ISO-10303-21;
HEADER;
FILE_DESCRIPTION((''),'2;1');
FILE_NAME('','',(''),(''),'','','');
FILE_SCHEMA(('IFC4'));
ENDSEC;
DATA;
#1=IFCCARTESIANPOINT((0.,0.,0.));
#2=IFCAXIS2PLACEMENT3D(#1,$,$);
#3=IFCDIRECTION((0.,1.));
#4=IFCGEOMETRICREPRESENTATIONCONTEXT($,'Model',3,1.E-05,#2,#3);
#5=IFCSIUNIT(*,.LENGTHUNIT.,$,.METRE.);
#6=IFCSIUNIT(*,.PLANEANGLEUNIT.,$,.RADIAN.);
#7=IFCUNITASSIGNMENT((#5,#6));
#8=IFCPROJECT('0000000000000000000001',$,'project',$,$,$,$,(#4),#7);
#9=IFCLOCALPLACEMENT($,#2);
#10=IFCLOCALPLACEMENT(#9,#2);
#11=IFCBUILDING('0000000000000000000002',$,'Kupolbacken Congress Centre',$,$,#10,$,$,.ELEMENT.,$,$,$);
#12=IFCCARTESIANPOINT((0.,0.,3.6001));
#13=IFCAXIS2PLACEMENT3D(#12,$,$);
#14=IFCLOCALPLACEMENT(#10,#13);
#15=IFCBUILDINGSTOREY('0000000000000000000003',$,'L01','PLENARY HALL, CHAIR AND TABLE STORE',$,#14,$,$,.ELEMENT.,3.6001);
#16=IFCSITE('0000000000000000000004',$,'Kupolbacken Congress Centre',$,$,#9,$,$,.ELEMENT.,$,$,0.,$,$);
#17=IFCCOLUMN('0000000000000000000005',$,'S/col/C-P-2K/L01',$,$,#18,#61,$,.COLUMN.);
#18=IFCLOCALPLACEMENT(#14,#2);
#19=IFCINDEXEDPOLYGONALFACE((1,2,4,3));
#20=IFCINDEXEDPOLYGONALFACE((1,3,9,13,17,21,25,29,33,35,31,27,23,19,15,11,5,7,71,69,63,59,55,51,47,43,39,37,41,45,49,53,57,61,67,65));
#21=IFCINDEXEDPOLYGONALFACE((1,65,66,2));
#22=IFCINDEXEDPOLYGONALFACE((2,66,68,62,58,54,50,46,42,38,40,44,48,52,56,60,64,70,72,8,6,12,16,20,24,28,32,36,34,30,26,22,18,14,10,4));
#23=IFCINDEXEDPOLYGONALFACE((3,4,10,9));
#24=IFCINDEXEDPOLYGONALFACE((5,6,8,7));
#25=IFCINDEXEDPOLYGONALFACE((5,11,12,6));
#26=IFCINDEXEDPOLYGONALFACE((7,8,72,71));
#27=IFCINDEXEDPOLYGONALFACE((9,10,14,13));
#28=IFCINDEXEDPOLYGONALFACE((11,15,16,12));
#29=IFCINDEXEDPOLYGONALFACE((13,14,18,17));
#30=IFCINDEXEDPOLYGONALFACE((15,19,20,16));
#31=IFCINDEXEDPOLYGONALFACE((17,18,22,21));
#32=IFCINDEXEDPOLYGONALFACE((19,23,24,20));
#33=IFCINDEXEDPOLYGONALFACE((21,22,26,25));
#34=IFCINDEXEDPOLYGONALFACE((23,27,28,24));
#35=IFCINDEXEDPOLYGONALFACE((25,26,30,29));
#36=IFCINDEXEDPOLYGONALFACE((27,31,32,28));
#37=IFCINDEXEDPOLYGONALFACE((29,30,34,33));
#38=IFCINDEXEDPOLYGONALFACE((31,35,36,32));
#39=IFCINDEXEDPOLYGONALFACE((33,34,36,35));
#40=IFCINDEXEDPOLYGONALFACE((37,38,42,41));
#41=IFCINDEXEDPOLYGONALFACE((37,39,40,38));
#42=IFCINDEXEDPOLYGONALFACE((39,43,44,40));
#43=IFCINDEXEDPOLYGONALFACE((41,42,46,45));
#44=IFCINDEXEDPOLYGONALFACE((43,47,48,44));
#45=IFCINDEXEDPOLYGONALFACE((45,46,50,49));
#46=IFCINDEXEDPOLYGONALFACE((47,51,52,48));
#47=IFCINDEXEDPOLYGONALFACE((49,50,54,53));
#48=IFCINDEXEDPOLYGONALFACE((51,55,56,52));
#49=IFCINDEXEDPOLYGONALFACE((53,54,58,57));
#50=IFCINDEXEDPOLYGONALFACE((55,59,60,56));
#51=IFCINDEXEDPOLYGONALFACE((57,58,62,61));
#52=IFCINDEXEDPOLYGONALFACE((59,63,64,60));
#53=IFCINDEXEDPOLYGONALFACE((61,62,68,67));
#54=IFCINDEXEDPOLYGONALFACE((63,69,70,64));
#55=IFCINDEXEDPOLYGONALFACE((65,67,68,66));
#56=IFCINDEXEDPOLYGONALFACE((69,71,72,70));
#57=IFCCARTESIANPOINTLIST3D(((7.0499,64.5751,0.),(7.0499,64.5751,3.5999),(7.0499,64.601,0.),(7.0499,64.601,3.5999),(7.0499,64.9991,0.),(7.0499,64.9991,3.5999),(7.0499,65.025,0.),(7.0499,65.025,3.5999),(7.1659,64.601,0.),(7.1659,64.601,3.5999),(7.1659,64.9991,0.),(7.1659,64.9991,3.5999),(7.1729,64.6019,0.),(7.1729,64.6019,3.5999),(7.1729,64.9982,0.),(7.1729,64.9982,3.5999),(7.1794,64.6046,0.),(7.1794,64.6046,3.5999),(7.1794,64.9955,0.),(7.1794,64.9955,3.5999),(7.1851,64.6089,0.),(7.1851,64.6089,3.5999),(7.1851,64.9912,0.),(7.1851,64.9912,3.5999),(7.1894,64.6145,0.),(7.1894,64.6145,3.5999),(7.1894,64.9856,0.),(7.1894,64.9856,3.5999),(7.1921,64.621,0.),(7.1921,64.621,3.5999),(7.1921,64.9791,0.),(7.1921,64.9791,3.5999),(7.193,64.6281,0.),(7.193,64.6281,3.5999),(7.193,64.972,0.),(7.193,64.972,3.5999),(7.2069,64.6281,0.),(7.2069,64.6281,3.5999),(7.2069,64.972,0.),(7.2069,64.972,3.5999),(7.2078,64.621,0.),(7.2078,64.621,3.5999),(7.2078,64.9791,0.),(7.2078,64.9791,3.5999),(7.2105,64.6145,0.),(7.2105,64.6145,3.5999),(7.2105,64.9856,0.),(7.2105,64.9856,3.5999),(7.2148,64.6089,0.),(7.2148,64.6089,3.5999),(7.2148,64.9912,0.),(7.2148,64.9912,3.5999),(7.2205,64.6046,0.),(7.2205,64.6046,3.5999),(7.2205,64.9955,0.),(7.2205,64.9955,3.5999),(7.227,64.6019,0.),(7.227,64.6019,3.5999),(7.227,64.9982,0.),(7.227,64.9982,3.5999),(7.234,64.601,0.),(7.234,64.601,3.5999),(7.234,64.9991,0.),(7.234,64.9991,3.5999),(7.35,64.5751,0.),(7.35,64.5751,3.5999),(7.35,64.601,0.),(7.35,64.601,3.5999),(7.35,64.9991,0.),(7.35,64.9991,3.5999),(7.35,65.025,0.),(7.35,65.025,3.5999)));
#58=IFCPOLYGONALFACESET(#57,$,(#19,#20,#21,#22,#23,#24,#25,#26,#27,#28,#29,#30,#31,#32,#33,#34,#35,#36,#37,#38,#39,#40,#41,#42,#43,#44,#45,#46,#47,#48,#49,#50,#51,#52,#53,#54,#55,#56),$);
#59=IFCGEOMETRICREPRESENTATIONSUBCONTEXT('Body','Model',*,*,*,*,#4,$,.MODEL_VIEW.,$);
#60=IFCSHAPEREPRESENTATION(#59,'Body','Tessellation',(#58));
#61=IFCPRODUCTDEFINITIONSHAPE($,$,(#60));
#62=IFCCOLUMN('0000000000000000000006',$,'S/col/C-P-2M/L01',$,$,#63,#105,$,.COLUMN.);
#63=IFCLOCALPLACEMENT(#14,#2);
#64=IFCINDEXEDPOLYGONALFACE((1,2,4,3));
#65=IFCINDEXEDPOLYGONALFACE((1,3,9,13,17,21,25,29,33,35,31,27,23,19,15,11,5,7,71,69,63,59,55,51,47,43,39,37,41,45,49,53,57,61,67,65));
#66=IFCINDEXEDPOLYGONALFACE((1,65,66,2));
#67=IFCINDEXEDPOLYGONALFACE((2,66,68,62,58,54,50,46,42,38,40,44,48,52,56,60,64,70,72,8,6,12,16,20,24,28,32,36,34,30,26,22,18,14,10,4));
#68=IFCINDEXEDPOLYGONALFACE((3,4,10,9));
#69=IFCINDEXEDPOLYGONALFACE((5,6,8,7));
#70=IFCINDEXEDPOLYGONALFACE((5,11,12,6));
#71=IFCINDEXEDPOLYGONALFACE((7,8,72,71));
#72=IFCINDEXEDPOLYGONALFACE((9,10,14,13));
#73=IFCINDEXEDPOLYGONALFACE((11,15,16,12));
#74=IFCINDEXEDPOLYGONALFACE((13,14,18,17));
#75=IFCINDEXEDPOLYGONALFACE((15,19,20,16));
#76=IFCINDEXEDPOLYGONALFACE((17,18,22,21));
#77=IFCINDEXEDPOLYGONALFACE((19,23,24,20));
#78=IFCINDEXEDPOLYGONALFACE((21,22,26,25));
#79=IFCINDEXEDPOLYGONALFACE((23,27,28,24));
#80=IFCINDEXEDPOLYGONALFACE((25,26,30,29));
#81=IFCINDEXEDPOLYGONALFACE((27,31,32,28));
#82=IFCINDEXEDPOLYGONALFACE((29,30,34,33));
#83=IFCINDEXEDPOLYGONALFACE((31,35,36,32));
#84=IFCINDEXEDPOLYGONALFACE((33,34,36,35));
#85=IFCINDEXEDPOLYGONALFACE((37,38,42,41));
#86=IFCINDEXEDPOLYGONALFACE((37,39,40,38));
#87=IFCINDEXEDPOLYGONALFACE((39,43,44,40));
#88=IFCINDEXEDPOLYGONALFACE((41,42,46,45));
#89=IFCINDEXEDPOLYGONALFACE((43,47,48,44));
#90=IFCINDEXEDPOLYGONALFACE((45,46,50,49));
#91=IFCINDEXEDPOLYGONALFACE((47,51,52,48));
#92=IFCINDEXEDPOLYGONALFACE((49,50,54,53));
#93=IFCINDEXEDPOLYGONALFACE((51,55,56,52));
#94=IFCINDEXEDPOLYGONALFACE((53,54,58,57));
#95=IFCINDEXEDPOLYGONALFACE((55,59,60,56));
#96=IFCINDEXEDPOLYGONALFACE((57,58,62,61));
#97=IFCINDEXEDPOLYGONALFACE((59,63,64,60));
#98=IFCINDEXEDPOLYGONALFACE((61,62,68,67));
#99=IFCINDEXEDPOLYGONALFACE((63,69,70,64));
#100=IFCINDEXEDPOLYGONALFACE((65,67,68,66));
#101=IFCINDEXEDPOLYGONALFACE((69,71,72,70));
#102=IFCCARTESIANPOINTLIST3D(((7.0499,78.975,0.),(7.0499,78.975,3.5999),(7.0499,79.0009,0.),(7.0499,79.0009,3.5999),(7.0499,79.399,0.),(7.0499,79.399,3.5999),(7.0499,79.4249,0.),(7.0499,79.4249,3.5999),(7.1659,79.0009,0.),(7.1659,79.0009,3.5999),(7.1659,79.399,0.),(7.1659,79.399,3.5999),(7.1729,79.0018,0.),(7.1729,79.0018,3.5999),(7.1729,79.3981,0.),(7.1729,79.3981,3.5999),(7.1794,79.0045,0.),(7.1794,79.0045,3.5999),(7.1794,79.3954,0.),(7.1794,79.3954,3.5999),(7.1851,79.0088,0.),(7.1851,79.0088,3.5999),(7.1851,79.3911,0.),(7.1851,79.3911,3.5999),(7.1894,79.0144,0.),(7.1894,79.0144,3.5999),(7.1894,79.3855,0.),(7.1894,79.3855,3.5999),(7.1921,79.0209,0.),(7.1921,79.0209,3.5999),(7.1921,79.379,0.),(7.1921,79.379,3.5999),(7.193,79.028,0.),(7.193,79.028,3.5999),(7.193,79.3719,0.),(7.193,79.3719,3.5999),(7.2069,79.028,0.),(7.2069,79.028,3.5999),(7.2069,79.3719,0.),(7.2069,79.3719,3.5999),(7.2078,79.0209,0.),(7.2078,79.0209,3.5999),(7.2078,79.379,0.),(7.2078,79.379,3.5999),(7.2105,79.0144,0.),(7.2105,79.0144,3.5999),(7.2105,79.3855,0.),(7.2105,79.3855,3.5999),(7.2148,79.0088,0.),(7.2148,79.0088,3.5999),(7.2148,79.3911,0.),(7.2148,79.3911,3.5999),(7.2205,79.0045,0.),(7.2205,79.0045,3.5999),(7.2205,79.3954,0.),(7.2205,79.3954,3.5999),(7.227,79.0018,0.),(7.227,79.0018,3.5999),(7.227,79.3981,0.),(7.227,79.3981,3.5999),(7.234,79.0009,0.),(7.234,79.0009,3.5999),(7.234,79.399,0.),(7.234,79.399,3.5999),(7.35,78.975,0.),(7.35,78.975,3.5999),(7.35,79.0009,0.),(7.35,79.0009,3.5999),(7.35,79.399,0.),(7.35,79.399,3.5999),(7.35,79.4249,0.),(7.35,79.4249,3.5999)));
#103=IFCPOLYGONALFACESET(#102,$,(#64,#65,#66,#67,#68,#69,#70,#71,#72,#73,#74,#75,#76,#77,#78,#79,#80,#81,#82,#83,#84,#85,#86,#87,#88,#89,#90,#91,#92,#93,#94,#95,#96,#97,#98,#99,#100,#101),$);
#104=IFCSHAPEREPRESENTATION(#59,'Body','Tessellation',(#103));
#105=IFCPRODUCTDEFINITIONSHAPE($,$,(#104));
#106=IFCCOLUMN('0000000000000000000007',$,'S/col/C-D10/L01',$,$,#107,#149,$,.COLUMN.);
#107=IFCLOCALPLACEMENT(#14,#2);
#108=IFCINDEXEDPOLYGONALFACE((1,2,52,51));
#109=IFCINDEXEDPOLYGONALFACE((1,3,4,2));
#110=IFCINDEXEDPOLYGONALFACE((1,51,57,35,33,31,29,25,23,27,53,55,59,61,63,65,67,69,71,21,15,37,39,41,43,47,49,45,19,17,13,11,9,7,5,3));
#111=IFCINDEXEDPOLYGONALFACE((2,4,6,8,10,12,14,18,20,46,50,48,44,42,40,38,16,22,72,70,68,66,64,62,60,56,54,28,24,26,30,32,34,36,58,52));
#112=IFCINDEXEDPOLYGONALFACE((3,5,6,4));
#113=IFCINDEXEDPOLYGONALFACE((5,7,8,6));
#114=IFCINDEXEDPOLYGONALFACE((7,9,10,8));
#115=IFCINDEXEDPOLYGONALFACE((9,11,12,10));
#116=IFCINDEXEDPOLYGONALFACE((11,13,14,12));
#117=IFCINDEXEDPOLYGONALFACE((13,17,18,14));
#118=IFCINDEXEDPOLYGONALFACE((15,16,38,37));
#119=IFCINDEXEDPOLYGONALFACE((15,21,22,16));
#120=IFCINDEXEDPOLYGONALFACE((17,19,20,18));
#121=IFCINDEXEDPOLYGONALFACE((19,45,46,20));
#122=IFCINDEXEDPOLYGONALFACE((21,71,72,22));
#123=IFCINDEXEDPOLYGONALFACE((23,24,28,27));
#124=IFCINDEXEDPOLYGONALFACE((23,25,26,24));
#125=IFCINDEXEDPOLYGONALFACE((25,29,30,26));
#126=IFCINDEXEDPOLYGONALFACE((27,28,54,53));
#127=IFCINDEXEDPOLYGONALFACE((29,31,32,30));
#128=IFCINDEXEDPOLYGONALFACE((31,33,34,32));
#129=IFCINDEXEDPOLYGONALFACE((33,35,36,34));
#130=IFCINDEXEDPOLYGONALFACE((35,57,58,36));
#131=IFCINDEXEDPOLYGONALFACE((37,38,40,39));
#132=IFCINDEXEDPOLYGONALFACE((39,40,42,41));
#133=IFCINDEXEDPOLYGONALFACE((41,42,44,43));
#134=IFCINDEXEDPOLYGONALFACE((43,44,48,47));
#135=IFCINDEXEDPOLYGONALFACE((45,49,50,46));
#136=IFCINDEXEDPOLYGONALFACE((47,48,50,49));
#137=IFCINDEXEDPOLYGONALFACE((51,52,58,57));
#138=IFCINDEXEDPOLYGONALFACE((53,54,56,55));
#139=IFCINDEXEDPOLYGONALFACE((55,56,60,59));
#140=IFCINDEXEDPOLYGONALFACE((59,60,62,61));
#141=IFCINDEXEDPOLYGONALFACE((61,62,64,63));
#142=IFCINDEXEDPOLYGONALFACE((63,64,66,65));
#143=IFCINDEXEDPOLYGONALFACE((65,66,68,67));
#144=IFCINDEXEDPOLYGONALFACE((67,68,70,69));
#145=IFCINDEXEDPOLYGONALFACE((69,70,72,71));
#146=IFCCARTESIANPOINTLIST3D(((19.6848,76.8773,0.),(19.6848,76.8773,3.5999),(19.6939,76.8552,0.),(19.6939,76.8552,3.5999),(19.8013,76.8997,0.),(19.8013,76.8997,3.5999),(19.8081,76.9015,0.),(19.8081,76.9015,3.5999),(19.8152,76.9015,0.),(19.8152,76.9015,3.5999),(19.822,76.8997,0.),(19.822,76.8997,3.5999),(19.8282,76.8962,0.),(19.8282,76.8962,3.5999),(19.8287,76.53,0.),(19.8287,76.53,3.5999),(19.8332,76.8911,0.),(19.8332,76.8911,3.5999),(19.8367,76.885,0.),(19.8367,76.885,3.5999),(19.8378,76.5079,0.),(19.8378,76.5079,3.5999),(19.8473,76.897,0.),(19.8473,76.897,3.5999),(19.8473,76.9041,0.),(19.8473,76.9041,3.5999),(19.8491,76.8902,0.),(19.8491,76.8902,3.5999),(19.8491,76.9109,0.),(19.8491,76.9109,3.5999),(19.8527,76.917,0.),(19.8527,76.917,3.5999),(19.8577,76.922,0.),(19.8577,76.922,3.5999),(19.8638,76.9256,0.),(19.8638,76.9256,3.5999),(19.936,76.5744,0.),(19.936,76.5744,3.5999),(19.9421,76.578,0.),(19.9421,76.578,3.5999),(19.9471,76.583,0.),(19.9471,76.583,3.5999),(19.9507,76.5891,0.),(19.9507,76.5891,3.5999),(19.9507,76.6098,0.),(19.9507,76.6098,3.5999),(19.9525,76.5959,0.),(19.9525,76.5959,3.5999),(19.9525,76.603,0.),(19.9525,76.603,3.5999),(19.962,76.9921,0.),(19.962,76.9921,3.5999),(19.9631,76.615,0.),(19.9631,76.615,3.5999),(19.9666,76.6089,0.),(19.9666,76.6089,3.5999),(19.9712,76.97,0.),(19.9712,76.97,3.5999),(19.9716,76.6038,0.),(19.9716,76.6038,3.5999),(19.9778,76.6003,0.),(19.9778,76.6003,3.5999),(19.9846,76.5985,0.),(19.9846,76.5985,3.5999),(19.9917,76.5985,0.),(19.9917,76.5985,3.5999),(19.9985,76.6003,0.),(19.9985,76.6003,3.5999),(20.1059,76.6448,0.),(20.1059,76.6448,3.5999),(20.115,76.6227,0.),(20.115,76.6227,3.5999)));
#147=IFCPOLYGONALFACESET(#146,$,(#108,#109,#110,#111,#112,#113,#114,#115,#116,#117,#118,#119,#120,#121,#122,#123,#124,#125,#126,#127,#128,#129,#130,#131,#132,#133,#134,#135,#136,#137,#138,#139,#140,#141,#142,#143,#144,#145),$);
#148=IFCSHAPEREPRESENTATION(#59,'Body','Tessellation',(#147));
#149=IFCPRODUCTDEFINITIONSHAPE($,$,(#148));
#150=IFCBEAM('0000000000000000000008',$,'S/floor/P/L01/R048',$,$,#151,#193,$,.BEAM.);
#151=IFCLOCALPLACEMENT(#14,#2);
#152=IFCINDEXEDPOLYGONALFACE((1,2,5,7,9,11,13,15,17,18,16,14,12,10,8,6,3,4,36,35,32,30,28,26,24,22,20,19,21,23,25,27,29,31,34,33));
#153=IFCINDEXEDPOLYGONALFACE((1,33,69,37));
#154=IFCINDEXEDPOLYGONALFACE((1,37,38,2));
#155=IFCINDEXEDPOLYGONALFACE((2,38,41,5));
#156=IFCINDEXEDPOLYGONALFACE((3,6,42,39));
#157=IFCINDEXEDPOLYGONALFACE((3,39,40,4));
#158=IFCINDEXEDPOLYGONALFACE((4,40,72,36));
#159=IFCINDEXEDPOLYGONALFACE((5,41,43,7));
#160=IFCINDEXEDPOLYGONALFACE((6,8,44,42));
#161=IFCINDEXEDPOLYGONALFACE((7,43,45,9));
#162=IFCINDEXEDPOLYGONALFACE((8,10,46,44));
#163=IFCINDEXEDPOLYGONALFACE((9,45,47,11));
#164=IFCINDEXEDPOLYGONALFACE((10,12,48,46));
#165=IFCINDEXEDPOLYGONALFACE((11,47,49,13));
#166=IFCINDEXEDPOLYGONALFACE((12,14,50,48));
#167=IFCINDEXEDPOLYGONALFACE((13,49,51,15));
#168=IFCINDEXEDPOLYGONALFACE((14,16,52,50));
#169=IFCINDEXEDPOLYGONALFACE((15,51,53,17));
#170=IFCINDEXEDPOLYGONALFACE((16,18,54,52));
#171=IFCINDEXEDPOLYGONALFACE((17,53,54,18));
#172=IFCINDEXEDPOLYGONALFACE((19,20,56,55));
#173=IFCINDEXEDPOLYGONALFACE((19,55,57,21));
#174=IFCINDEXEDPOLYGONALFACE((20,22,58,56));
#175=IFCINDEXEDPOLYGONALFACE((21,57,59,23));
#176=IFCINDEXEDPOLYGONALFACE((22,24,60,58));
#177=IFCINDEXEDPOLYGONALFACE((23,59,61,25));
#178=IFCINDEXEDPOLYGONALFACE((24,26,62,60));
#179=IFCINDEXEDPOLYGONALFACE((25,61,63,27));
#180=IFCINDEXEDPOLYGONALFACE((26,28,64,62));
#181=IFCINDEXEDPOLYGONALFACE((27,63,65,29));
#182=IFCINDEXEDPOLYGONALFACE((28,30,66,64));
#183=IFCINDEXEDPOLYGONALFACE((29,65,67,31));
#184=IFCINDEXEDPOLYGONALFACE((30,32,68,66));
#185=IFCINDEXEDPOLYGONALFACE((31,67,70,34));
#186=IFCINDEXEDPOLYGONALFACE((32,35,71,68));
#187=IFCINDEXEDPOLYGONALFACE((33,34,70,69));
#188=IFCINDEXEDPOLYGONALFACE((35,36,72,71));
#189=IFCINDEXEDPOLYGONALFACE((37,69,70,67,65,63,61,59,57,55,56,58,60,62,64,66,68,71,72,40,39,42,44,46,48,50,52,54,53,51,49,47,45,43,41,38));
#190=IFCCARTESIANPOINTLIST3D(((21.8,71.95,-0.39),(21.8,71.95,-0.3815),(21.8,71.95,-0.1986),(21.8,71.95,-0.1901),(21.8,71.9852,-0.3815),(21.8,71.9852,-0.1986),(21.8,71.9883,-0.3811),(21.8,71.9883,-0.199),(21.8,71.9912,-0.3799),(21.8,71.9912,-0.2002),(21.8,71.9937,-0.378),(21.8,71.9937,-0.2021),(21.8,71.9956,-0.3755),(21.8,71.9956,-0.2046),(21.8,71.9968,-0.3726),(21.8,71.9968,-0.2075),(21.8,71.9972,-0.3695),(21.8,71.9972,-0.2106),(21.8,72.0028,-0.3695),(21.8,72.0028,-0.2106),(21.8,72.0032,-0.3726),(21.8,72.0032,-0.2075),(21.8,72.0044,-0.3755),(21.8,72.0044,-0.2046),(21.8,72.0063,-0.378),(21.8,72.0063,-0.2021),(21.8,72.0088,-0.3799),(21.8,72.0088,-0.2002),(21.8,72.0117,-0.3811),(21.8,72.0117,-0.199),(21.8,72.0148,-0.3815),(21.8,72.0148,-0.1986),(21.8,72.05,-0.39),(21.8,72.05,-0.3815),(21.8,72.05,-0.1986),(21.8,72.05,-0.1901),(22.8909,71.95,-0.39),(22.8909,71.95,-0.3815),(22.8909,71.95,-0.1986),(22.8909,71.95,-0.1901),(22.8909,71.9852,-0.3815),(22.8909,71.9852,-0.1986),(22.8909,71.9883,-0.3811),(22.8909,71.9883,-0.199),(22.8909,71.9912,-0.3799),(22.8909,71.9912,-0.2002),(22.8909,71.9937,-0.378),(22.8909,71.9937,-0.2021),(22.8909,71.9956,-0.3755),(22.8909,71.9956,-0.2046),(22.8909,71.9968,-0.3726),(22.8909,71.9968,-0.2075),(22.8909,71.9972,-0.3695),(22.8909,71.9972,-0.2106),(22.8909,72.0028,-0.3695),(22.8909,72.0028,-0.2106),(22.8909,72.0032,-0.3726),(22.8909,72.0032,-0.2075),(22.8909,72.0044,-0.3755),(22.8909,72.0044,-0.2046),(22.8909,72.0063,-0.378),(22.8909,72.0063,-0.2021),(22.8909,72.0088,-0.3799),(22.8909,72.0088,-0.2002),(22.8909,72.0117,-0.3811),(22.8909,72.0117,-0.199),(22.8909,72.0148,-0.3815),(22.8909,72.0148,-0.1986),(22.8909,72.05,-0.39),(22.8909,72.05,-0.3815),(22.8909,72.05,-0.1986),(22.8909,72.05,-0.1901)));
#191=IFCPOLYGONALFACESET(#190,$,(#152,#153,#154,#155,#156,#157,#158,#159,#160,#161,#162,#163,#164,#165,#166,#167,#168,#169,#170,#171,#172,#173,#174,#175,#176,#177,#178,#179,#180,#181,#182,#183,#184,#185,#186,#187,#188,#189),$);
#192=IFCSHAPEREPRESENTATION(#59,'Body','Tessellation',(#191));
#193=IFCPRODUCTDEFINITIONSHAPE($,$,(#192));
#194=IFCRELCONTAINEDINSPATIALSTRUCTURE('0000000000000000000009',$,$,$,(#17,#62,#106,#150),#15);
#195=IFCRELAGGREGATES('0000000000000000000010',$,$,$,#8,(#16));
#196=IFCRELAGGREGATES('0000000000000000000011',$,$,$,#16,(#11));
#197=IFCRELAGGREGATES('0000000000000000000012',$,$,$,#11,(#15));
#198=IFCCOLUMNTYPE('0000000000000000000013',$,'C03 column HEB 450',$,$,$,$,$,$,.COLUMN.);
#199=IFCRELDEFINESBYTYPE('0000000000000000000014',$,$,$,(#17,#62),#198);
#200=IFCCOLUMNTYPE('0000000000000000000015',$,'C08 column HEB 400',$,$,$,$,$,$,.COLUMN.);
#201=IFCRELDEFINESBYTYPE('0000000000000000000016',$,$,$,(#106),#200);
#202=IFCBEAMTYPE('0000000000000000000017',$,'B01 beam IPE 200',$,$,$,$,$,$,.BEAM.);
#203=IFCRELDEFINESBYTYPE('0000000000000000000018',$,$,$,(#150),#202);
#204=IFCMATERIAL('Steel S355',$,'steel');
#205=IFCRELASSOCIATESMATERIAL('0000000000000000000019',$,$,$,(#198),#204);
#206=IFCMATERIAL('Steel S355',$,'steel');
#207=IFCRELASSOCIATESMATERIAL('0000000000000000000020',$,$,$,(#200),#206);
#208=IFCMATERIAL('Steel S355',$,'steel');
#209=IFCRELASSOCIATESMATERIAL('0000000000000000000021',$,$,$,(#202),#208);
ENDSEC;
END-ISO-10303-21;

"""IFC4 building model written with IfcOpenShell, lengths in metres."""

from ifc_helpers import new_model, si_unit, direction, frame, origin, origin_2d, place, context, subcontext, project, spatial, i_section, extrude, material, material_profile, profile_set, type_object, element, save


model = new_model("IFC4")

# Units and contexts
model_context = context("Model", 3, precision=1e-05, world=origin(), true_north=direction((0.0, 1.0)))
body_context = subcontext(model_context, "Body", "Model", "MODEL_VIEW")
ifc_project = project(units=[si_unit("LENGTHUNIT", "METRE"), si_unit("PLANEANGLEUNIT", "RADIAN")], contexts=[model_context])

# Site, building, storey
site_placement = place(None, origin())
site = spatial("IfcSite", under=ifc_project, at=site_placement, Name="Kupolbacken Congress Centre", CompositionType="ELEMENT", RefElevation=0.0)
building_placement = place(site_placement, origin())
building = spatial("IfcBuilding", under=site, at=building_placement, Name="Kupolbacken Congress Centre", CompositionType="ELEMENT")
storey_placement = place(building_placement, frame((0.0, 0.0, 3.6001)))
storey = spatial("IfcBuildingStorey", under=building, at=storey_placement, Name="L01", Description="PLENARY HALL, CHAIR AND TABLE STORE", CompositionType="ELEMENT", Elevation=3.6001)

# Columns
ifc_material_1 = material(Name="Steel S355", Category="steel")
ifc_material_profile_1 = material_profile(ifc_material_1, i_section(OverallWidth=0.3, OverallDepth=0.45, WebThickness=0.0139, FlangeThickness=0.0259, FilletRadius=0.0271, at=origin_2d()), Name="HEB 450")
ifc_profile_set_1 = profile_set([ifc_material_profile_1], Name="Steel S355")
column_type_1 = type_object("IfcColumnType", Name="C03 column HEB 450", PredefinedType="COLUMN", material=ifc_profile_set_1)
for number, where, z_axis, x_axis, name in (
    (1, (7.2, 64.8, 0.0), (0.0, 0.0, 1.0), (1.0, 0.0, 0.0), "S/col/C-P-2K/L01"),
    (2, (7.2, 79.2, 0.0), (0.0, 0.0, 1.0), (1.0, 0.0, 0.0), "S/col/C-P-2M/L01"),
):
    element("IfcColumn", number, at=place(storey_placement, frame(where, z_axis=z_axis, x_axis=x_axis)), inside=storey, type_object=column_type_1, Name=name, PredefinedType="COLUMN", context=body_context, shape_type="SweptSolid", body=[
        extrude(i_section(OverallWidth=0.3, OverallDepth=0.45, WebThickness=0.0139, FlangeThickness=0.0259, FilletRadius=0.0271, at=origin_2d()), origin(), (0.0, 0.0, 1.0), 3.5999),
    ])
ifc_material_2 = material(Name="Steel S355", Category="steel")
ifc_material_profile_2 = material_profile(ifc_material_2, i_section(OverallWidth=0.3, OverallDepth=0.3999, WebThickness=0.0134, FlangeThickness=0.0239, FilletRadius=0.0271, at=origin_2d()), Name="HEB 400")
ifc_profile_set_2 = profile_set([ifc_material_profile_2], Name="Steel S355")
column_type_2 = type_object("IfcColumnType", Name="C08 column HEB 400", PredefinedType="COLUMN", material=ifc_profile_set_2)
column_placement = place(storey_placement, frame((19.8999, 76.75, 0.0), z_axis=(0.0, 0.0, 1.0), x_axis=(-0.923896, -0.382644, 0.0)))
element("IfcColumn", 3, at=column_placement, inside=storey, type_object=column_type_2, Name="S/col/C-D10/L01", PredefinedType="COLUMN", context=body_context, shape_type="SweptSolid", body=[
    extrude(i_section(OverallWidth=0.3, OverallDepth=0.3999, WebThickness=0.0134, FlangeThickness=0.0239, FilletRadius=0.0271, at=origin_2d()), origin(), (0.0, 0.0, 1.0), 3.5999),
])

# Beam
ifc_material_3 = material(Name="Steel S355", Category="steel")
ifc_material_profile_3 = material_profile(ifc_material_3, i_section(OverallWidth=0.1001, OverallDepth=0.2, WebThickness=0.0056, FlangeThickness=0.0085, FilletRadius=0.012, at=origin_2d()), Name="IPE 200")
ifc_profile_set_3 = profile_set([ifc_material_profile_3], Name="Steel S355")
beam_type_1 = type_object("IfcBeamType", Name="B01 beam IPE 200", PredefinedType="BEAM", material=ifc_profile_set_3)
beam_1_placement = place(storey_placement, frame((21.8, 72.0, -0.29), z_axis=(1.0, 0.0, 0.0), x_axis=(0.0, 1.0, 0.0)))
element("IfcBeam", 4, at=beam_1_placement, inside=storey, type_object=beam_type_1, Name="S/floor/P/L01/R048", PredefinedType="BEAM", context=body_context, shape_type="SweptSolid", body=[
    extrude(i_section(OverallWidth=0.1001, OverallDepth=0.2, WebThickness=0.0056, FlangeThickness=0.0085, FilletRadius=0.012, at=origin_2d()), origin(), (0.0, 0.0, 1.0), 1.0908),
])

save(model, "model.ifc")
